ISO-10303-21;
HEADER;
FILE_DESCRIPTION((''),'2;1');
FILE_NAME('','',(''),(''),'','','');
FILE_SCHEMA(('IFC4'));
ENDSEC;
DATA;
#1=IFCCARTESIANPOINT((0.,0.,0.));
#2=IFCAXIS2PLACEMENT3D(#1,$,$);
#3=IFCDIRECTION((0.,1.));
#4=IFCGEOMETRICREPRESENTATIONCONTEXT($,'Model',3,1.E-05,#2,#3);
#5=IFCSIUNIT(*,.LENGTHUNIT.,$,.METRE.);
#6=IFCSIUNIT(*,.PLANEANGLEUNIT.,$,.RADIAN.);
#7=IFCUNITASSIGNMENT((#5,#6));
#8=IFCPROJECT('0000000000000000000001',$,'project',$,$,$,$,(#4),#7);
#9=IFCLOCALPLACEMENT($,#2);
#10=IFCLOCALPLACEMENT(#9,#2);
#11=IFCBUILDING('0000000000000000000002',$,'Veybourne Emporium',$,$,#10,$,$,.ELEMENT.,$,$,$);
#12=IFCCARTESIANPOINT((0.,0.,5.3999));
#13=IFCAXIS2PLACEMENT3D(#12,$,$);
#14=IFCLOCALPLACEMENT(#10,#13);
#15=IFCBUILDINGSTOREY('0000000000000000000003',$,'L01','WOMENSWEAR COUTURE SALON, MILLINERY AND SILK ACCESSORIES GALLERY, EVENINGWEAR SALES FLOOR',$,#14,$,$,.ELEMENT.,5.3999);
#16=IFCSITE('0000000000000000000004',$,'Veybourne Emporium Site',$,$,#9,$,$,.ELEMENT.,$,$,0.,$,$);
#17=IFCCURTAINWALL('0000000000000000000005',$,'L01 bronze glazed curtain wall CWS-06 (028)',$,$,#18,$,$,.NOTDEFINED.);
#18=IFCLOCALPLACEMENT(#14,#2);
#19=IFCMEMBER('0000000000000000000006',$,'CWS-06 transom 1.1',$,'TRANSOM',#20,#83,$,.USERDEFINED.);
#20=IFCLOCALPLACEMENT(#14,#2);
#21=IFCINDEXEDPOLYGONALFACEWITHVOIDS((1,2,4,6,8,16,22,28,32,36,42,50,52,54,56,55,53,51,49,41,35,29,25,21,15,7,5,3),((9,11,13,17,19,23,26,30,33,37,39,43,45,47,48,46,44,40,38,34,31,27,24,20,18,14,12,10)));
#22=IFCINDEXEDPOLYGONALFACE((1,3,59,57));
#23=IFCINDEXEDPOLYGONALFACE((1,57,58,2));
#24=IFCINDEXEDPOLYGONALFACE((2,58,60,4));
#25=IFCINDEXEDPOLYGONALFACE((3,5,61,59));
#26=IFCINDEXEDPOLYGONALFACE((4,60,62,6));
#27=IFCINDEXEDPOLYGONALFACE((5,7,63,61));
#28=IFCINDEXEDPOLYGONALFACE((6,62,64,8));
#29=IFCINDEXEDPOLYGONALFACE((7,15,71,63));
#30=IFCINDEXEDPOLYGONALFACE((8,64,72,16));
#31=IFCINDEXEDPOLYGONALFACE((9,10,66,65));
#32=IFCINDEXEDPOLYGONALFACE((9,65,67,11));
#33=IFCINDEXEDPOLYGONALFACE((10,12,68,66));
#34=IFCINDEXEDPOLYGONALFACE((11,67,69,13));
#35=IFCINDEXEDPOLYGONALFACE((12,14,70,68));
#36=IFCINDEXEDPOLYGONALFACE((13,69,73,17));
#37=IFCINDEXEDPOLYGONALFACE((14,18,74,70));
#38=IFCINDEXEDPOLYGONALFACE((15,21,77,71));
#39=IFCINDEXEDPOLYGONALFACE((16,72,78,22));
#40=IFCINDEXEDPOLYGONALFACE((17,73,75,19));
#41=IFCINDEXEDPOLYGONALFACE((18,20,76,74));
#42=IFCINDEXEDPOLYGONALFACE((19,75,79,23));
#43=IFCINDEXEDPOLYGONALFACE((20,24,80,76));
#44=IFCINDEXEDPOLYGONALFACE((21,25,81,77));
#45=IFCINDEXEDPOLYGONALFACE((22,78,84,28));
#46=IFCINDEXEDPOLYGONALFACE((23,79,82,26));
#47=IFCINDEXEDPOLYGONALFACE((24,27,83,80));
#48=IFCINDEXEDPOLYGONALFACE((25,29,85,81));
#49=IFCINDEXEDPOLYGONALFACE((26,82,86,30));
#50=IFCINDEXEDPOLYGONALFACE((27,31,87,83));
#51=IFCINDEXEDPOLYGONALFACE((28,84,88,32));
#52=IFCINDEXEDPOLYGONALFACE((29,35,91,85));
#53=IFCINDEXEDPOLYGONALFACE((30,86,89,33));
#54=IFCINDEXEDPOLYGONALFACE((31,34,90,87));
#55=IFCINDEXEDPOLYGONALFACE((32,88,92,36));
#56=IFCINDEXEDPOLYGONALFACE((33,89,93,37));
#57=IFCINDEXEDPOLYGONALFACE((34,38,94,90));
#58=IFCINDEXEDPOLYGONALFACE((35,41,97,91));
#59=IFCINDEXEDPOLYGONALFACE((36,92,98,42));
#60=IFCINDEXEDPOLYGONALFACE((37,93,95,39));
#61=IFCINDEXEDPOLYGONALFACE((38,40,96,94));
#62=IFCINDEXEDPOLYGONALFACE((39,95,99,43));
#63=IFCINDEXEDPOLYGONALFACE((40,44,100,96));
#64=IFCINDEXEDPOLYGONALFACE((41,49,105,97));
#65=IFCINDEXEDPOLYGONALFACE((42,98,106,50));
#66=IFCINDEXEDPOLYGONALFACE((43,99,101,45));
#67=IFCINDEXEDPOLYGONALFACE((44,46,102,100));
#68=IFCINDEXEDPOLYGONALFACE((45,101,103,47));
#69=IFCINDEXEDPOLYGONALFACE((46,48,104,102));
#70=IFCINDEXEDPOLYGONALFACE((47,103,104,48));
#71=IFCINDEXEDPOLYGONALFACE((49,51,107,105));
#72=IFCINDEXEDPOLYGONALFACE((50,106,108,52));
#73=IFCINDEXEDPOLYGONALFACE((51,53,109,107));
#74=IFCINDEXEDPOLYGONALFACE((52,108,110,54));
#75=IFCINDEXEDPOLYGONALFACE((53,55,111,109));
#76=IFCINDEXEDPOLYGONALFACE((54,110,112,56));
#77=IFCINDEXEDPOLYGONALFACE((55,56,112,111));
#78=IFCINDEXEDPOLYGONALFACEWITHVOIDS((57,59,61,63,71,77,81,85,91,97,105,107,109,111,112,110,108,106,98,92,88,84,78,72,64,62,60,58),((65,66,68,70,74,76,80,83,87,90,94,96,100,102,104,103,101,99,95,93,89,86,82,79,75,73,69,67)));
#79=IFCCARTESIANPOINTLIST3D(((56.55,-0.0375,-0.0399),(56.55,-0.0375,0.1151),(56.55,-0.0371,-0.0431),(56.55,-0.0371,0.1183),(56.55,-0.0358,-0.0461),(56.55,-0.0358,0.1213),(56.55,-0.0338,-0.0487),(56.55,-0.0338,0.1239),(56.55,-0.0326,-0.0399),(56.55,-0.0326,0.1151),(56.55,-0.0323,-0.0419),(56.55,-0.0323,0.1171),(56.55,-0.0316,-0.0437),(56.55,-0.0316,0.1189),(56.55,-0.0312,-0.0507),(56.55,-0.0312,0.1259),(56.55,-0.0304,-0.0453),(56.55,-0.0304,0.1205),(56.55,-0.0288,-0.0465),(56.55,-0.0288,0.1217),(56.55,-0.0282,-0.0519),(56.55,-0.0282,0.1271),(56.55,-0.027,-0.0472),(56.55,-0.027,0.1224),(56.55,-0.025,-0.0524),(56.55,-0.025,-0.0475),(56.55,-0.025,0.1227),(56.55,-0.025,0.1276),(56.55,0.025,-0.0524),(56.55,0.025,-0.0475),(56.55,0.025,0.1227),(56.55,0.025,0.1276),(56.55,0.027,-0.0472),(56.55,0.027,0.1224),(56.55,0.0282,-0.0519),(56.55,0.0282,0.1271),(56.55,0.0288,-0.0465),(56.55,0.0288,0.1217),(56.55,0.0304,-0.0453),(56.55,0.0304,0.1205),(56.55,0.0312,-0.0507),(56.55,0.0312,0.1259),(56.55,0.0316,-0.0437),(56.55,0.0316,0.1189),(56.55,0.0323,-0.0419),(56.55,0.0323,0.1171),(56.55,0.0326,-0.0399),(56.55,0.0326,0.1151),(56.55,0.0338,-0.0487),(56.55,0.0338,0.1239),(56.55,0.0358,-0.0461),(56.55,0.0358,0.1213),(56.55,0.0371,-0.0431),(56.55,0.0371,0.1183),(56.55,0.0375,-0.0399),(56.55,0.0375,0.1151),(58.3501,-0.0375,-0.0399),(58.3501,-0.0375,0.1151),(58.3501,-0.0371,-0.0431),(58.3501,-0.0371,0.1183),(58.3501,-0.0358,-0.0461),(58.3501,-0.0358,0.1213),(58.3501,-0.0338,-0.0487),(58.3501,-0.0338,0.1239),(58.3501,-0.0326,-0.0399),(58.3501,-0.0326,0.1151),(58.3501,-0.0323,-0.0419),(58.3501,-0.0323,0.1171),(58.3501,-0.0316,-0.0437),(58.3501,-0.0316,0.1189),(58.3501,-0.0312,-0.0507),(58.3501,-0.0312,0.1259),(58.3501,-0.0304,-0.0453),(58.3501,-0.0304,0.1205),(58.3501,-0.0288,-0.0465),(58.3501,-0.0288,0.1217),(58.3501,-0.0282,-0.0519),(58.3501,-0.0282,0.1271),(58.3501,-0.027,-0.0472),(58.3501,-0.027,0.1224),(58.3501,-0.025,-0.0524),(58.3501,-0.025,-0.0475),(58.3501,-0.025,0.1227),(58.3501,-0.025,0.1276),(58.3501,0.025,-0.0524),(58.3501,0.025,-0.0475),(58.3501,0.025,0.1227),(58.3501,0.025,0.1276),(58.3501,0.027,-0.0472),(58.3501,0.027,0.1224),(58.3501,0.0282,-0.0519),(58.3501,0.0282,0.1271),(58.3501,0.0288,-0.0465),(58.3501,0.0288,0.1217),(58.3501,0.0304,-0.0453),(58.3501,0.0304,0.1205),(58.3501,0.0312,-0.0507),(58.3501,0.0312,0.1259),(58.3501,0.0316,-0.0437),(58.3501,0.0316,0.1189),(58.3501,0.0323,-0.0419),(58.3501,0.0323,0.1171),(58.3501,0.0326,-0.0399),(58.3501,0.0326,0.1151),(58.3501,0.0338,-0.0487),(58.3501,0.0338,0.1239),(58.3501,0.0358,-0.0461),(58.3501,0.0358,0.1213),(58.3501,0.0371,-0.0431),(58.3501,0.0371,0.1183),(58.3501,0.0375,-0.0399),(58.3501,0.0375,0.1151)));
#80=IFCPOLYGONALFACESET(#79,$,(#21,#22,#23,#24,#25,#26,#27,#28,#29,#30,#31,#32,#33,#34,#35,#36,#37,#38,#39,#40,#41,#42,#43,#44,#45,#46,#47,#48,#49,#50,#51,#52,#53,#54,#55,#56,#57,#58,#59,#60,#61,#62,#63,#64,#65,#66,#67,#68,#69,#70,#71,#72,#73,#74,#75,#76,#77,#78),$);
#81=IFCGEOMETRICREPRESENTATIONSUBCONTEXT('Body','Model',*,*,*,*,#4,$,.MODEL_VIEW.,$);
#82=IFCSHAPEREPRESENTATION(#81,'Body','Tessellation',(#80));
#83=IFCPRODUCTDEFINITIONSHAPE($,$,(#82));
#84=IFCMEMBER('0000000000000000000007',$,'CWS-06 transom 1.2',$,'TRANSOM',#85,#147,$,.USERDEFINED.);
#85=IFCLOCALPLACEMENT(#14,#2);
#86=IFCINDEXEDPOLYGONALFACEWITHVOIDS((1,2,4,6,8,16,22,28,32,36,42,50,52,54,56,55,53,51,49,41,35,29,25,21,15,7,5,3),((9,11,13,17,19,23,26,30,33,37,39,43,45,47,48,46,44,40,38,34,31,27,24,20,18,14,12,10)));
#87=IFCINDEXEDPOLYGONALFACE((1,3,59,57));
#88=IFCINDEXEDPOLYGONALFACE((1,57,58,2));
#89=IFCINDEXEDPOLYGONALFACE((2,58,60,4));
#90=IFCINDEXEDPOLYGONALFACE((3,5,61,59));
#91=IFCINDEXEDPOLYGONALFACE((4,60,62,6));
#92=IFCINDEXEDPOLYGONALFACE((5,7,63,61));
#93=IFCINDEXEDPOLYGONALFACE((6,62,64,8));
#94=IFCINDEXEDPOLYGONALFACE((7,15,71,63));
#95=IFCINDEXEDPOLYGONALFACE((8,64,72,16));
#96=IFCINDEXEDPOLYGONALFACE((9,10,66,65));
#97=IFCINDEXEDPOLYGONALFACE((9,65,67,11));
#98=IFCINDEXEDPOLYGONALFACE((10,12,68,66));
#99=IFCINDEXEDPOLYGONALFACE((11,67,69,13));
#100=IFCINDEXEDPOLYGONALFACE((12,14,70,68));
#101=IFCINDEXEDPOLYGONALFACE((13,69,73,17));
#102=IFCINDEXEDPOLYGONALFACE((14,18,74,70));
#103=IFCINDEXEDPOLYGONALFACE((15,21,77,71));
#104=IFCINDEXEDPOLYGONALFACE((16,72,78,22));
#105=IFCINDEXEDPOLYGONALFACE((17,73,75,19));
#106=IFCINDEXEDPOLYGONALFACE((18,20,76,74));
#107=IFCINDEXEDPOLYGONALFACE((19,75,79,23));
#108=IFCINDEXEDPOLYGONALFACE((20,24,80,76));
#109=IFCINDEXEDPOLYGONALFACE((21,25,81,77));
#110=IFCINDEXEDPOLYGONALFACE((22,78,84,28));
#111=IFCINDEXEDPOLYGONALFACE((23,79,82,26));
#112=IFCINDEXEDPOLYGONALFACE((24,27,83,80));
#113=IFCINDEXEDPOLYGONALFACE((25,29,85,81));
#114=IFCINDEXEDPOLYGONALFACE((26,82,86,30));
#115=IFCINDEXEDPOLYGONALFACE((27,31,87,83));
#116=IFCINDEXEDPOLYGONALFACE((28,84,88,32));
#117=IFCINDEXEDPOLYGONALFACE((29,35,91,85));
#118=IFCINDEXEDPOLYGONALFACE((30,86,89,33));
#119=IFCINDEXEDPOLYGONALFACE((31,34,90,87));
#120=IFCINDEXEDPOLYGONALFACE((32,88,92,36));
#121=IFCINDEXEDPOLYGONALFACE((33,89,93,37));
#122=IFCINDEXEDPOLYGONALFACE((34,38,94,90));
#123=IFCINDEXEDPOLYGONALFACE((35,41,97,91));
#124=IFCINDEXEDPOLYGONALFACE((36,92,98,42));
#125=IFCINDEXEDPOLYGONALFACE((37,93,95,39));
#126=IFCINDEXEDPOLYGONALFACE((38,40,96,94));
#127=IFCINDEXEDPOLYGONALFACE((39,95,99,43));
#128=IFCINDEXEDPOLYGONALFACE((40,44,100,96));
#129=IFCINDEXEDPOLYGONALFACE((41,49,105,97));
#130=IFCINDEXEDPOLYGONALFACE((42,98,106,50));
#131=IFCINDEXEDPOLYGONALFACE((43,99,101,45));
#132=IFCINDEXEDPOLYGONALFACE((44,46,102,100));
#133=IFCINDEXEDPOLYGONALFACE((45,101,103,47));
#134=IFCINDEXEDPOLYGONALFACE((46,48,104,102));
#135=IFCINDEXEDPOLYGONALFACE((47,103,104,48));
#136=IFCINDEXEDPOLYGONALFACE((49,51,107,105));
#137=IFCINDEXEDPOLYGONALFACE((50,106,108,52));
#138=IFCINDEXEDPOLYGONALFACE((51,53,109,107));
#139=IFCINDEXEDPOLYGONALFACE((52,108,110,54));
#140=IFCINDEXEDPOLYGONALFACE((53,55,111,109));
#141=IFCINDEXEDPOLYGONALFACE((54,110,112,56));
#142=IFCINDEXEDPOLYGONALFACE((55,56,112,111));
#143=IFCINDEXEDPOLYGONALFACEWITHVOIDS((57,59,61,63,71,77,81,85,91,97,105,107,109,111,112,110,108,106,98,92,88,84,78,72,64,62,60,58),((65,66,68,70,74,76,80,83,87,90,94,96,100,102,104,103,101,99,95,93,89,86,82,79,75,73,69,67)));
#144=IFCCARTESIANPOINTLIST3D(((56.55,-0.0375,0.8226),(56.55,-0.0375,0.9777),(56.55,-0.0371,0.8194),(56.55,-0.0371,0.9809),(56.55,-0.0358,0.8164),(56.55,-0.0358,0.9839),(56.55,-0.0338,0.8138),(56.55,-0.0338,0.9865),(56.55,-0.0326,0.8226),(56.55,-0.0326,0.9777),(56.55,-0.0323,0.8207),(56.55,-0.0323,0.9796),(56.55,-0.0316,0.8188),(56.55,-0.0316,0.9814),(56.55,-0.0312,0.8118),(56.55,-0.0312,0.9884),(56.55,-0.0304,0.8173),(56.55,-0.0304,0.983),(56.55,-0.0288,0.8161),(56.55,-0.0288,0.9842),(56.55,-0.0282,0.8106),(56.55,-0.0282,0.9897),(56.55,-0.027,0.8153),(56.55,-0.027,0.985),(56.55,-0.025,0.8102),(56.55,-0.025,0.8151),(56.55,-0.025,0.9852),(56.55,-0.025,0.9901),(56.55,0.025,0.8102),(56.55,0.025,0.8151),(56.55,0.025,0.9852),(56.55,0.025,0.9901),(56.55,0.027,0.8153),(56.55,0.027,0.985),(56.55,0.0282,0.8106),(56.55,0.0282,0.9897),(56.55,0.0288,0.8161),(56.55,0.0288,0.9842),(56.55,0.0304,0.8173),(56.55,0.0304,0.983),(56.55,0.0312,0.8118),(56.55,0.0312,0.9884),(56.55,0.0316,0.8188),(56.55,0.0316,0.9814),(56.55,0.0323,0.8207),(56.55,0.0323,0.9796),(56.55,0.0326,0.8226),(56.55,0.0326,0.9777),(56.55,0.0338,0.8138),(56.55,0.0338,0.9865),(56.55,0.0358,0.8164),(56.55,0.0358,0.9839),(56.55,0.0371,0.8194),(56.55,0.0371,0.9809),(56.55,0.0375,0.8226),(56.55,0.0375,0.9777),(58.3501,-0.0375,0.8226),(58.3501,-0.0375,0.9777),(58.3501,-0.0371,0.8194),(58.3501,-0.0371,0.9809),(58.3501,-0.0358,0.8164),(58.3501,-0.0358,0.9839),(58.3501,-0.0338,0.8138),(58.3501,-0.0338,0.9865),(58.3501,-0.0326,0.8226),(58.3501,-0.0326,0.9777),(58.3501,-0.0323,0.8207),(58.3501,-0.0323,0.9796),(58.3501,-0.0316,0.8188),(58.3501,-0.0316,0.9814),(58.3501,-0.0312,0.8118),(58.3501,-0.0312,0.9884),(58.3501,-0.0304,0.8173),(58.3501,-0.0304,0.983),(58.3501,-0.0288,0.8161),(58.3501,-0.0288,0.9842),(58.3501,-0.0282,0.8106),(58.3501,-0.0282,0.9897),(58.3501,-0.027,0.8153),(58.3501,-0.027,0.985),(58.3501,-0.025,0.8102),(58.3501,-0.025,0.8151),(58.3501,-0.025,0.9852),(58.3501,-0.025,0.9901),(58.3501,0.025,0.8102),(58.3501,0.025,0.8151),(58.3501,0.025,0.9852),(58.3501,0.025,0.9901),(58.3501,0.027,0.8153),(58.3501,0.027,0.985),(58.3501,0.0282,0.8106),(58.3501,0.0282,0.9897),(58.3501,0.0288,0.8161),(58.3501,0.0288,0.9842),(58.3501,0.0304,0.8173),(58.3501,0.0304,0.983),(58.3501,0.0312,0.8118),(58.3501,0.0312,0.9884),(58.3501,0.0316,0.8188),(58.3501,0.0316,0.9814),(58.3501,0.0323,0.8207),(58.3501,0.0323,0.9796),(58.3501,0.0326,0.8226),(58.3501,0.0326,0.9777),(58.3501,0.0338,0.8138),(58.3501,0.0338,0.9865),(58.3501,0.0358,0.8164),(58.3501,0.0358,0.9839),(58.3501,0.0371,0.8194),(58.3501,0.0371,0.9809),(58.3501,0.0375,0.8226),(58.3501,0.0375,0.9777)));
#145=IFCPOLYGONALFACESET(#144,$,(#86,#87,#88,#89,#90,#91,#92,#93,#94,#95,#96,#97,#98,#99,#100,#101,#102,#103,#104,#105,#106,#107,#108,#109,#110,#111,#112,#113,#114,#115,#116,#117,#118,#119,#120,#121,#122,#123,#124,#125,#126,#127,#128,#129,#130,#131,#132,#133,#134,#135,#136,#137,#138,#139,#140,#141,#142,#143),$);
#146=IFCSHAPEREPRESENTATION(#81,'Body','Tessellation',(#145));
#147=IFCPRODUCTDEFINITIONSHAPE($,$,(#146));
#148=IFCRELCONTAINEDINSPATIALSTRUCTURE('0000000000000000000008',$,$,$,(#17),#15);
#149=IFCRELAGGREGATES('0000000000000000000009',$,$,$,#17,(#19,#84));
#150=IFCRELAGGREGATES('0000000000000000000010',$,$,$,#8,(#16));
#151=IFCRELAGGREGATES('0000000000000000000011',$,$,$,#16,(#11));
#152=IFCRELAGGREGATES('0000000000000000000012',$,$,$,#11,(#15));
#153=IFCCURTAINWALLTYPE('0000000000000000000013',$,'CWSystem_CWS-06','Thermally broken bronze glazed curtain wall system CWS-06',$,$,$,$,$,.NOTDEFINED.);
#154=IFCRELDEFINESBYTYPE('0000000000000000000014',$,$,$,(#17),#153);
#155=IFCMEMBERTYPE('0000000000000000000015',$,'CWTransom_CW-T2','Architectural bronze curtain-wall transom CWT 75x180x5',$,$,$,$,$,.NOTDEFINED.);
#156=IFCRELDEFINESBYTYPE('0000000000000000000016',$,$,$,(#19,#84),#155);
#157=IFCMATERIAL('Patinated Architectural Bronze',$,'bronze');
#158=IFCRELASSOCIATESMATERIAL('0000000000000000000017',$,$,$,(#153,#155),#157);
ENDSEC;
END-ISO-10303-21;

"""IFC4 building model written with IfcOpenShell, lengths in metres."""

from ifc_helpers import new_model, si_unit, direction, frame, origin, origin_2d, place, context, subcontext, project, spatial, hollow_rectangle, extrude, material, material_profile, profile_set, type_object, element, aggregate, save


model = new_model("IFC4")

# Units and contexts
model_context = context("Model", 3, precision=1e-05, world=origin(), true_north=direction((0.0, 1.0)))
body_context = subcontext(model_context, "Body", "Model", "MODEL_VIEW")
ifc_project = project(units=[si_unit("LENGTHUNIT", "METRE"), si_unit("PLANEANGLEUNIT", "RADIAN")], contexts=[model_context])

# Site, building, storey
site_placement = place(None, origin())
site = spatial("IfcSite", under=ifc_project, at=site_placement, Name="Veybourne Emporium Site", CompositionType="ELEMENT", RefElevation=0.0)
building_placement = place(site_placement, origin())
building = spatial("IfcBuilding", under=site, at=building_placement, Name="Veybourne Emporium", CompositionType="ELEMENT")
storey_placement = place(building_placement, frame((0.0, 0.0, 5.3999)))
storey = spatial("IfcBuildingStorey", under=building, at=storey_placement, Name="L01", Description="WOMENSWEAR COUTURE SALON, MILLINERY AND SILK ACCESSORIES GALLERY, EVENINGWEAR SALES FLOOR", CompositionType="ELEMENT", Elevation=5.3999)

# Curtain wall, members
ifc_material_1 = material(Name="Patinated Architectural Bronze", Category="bronze")
curtain_wall_type = type_object("IfcCurtainWallType", Name="CWSystem_CWS-06", Description="Thermally broken bronze glazed curtain wall system CWS-06", PredefinedType="NOTDEFINED", material=ifc_material_1)
curtain_wall_placement = place(storey_placement, origin())
curtain_wall = element("IfcCurtainWall", 1, at=curtain_wall_placement, inside=storey, type_object=curtain_wall_type, Name="L01 bronze glazed curtain wall CWS-06 (028)", PredefinedType="NOTDEFINED")
ifc_material_profile_1 = material_profile(ifc_material_1, hollow_rectangle(XDim=0.075, YDim=0.1799, WallThickness=0.0049, InnerFilletRadius=0.0076, OuterFilletRadius=0.0125, at=origin_2d()), Name="CWT 75x180x5")
ifc_profile_set_1 = profile_set([ifc_material_profile_1], Name="Patinated Architectural Bronze")
member_type_1 = type_object("IfcMemberType", Name="CWTransom_CW-T2", Description="Architectural bronze curtain-wall transom CWT 75x180x5", PredefinedType="NOTDEFINED", material=ifc_profile_set_1)
member_1_placement = place(storey_placement, frame((58.3501, 0.0, 0.0376), z_axis=(-1.0, 0.0, 0.0), x_axis=(0.0, -1.0, 0.0)))
member_1 = element("IfcMember", 2, at=member_1_placement, type_object=member_type_1, Name="CWS-06 transom 1.1", ObjectType="TRANSOM", PredefinedType="USERDEFINED", context=body_context, shape_type="SweptSolid", body=[
    extrude(hollow_rectangle(XDim=0.075, YDim=0.1799, WallThickness=0.0049, InnerFilletRadius=0.0076, OuterFilletRadius=0.0125, at=origin_2d()), origin(), (0.0, 0.0, 1.0), 1.8),
])
member_2_placement = place(storey_placement, frame((58.3501, 0.0, 0.9001), z_axis=(-1.0, 0.0, 0.0), x_axis=(0.0, -1.0, 0.0)))
member_2 = element("IfcMember", 3, at=member_2_placement, type_object=member_type_1, Name="CWS-06 transom 1.2", ObjectType="TRANSOM", PredefinedType="USERDEFINED", context=body_context, shape_type="SweptSolid", body=[
    extrude(hollow_rectangle(XDim=0.075, YDim=0.1799, WallThickness=0.0049, InnerFilletRadius=0.0076, OuterFilletRadius=0.0125, at=origin_2d()), origin(), (0.0, 0.0, 1.0), 1.8),
])

aggregate(curtain_wall, [member_1, member_2])

save(model, "model.ifc")
